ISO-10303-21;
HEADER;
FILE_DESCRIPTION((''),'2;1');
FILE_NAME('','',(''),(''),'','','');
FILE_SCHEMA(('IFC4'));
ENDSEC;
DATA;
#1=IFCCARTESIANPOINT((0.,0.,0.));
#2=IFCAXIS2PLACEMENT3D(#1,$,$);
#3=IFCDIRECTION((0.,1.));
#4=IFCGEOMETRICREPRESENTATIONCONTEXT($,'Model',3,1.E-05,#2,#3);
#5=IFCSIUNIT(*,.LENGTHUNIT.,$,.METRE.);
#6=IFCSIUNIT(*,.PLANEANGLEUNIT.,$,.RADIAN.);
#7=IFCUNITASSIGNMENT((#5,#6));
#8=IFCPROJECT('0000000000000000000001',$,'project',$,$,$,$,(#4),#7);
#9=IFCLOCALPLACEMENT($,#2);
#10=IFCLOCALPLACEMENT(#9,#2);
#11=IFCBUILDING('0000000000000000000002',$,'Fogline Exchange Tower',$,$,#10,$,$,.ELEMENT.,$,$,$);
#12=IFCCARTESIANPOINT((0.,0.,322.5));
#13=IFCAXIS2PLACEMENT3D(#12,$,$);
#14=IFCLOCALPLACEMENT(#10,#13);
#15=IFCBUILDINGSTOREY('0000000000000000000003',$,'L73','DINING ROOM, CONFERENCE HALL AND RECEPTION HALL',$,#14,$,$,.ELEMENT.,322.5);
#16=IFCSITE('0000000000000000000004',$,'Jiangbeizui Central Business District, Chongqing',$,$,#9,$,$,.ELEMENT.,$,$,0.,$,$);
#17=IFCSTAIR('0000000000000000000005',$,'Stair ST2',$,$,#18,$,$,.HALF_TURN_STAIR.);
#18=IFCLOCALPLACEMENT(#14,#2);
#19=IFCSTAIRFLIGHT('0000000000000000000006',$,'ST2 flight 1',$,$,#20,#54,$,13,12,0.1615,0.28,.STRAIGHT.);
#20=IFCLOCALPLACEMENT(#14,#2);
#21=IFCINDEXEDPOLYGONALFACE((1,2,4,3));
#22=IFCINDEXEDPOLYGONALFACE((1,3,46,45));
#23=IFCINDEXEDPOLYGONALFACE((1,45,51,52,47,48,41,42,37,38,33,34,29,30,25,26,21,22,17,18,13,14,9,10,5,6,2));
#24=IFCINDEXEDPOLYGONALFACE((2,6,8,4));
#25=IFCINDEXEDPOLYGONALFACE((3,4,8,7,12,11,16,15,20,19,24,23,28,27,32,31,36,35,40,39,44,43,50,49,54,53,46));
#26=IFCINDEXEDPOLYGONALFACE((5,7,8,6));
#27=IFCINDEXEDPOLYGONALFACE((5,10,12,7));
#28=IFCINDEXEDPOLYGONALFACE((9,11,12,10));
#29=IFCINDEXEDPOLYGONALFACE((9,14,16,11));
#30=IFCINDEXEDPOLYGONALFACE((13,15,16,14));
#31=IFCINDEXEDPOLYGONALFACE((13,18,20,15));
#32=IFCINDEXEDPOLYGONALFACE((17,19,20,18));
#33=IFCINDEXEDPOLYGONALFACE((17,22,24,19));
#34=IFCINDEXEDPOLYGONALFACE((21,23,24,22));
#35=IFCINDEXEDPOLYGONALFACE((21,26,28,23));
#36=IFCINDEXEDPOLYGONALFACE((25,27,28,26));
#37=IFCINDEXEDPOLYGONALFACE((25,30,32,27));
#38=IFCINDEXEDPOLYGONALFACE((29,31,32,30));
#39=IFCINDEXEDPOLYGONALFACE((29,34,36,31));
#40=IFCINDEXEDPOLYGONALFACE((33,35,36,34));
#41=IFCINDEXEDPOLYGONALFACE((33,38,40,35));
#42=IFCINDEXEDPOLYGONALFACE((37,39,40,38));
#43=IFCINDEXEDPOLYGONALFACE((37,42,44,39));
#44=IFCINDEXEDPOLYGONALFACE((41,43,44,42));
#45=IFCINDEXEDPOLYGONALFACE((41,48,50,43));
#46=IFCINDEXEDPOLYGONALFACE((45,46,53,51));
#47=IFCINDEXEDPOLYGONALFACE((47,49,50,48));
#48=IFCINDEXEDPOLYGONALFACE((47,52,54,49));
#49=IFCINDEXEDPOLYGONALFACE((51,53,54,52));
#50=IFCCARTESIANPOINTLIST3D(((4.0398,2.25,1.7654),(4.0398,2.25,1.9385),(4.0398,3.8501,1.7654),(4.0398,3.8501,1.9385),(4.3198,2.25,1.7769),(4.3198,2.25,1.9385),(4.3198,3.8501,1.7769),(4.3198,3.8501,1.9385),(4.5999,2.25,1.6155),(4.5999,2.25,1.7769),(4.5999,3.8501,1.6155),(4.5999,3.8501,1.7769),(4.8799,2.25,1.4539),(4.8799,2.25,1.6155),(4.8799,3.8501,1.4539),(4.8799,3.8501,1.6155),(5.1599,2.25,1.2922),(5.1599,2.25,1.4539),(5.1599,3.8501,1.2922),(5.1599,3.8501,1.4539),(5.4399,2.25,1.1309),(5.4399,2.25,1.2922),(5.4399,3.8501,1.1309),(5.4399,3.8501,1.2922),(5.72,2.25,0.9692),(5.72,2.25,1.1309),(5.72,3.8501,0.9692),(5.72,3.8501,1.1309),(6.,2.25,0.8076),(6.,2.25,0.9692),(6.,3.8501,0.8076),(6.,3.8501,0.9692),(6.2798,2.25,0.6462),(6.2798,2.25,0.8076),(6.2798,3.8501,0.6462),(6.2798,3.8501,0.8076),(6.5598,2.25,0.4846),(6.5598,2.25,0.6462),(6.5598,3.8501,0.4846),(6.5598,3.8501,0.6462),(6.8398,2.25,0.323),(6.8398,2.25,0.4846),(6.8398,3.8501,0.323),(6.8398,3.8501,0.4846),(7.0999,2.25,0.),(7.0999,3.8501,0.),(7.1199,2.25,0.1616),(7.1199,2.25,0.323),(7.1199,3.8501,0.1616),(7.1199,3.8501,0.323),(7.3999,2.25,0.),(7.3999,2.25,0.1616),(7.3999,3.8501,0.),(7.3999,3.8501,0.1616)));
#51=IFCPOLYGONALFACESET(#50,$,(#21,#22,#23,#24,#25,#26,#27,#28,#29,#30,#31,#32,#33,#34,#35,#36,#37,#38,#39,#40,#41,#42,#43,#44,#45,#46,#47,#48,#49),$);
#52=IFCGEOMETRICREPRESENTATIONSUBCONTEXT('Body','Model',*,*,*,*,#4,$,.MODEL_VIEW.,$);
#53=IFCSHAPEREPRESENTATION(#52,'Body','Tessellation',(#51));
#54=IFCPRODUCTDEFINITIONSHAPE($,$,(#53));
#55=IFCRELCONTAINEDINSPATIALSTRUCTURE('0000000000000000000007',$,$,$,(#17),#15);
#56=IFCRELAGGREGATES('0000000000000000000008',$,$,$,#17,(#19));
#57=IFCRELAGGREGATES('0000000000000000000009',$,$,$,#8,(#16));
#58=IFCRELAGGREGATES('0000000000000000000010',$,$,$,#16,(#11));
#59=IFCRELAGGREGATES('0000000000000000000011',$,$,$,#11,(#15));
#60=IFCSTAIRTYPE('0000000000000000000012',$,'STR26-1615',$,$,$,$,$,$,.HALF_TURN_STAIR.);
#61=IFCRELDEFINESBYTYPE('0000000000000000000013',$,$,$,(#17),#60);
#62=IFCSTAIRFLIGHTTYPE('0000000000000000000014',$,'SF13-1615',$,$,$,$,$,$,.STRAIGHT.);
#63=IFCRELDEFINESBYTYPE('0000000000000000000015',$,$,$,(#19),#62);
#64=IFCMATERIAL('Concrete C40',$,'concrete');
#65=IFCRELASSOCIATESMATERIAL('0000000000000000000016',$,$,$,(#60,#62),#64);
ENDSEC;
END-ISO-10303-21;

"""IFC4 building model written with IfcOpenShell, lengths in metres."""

from ifc_helpers import new_model, si_unit, direction, frame, origin, place, context, subcontext, project, spatial, polyline, outline, extrude, material, type_object, element, aggregate, save


model = new_model("IFC4")

# Units and contexts
model_context = context("Model", 3, precision=1e-05, world=origin(), true_north=direction((0.0, 1.0)))
body_context = subcontext(model_context, "Body", "Model", "MODEL_VIEW")
ifc_project = project(units=[si_unit("LENGTHUNIT", "METRE"), si_unit("PLANEANGLEUNIT", "RADIAN")], contexts=[model_context])

# Site, building, storey
site_placement = place(None, origin())
site = spatial("IfcSite", under=ifc_project, at=site_placement, Name="Jiangbeizui Central Business District, Chongqing", CompositionType="ELEMENT", RefElevation=0.0)
building_placement = place(site_placement, origin())
building = spatial("IfcBuilding", under=site, at=building_placement, Name="Fogline Exchange Tower", CompositionType="ELEMENT")
storey_placement = place(building_placement, frame((0.0, 0.0, 322.5)))
storey = spatial("IfcBuildingStorey", under=building, at=storey_placement, Name="L73", Description="DINING ROOM, CONFERENCE HALL AND RECEPTION HALL", CompositionType="ELEMENT", Elevation=322.5)

# Shared definitions
ifc_material_1 = material(Name="Concrete C40", Category="concrete")

# Stair, stair flight
stair_type = type_object("IfcStairType", Name="STR26-1615", PredefinedType="HALF_TURN_STAIR", material=ifc_material_1)
stair_placement = place(storey_placement, origin())
stair = element("IfcStair", 1, at=stair_placement, inside=storey, type_object=stair_type, Name="Stair ST2", PredefinedType="HALF_TURN_STAIR")
stair_flight_type = type_object("IfcStairFlightType", Name="SF13-1615", PredefinedType="STRAIGHT", material=ifc_material_1)
stair_flight_placement = place(storey_placement, frame((7.3999, 3.05, 0.0), z_axis=(0.0, 0.0, 1.0), x_axis=(-1.0, 0.0, 0.0)))
stair_flight = element("IfcStairFlight", 2, at=stair_flight_placement, type_object=stair_flight_type, Name="ST2 flight 1", NumberOfRisers=13, NumberOfTreads=12, PredefinedType="STRAIGHT", RiserHeight=0.1615, TreadLength=0.28, context=body_context, shape_type="SweptSolid", body=[
    extrude(outline(polyline([(0.0, 0.0), (0.0, 0.1616), (0.28, 0.1616), (0.28, 0.323), (0.5601, 0.323), (0.5601, 0.4846), (0.8401, 0.4846), (0.8401, 0.6462), (1.1201, 0.6462), (1.1201, 0.8076), (1.3999, 0.8076), (1.3999, 0.9692), (1.6799, 0.9692), (1.6799, 1.1309), (1.96, 1.1309), (1.96, 1.2922), (2.24, 1.2922), (2.24, 1.4539), (2.52, 1.4539), (2.52, 1.6155), (2.8, 1.6155), (2.8, 1.7769), (3.0801, 1.7769), (3.0801, 1.9385), (3.3601, 1.9385), (3.3601, 2.1001), (3.3601, 1.7654), (0.3, 0.0), (0.0, 0.0)])), frame((0.0, 0.8, 0.0), z_axis=(0.0, -1.0, 0.0), x_axis=(1.0, 0.0, 0.0)), (0.0, 0.0, 1.0), 1.6001),
])
aggregate(stair, [stair_flight])

save(model, "model.ifc")
